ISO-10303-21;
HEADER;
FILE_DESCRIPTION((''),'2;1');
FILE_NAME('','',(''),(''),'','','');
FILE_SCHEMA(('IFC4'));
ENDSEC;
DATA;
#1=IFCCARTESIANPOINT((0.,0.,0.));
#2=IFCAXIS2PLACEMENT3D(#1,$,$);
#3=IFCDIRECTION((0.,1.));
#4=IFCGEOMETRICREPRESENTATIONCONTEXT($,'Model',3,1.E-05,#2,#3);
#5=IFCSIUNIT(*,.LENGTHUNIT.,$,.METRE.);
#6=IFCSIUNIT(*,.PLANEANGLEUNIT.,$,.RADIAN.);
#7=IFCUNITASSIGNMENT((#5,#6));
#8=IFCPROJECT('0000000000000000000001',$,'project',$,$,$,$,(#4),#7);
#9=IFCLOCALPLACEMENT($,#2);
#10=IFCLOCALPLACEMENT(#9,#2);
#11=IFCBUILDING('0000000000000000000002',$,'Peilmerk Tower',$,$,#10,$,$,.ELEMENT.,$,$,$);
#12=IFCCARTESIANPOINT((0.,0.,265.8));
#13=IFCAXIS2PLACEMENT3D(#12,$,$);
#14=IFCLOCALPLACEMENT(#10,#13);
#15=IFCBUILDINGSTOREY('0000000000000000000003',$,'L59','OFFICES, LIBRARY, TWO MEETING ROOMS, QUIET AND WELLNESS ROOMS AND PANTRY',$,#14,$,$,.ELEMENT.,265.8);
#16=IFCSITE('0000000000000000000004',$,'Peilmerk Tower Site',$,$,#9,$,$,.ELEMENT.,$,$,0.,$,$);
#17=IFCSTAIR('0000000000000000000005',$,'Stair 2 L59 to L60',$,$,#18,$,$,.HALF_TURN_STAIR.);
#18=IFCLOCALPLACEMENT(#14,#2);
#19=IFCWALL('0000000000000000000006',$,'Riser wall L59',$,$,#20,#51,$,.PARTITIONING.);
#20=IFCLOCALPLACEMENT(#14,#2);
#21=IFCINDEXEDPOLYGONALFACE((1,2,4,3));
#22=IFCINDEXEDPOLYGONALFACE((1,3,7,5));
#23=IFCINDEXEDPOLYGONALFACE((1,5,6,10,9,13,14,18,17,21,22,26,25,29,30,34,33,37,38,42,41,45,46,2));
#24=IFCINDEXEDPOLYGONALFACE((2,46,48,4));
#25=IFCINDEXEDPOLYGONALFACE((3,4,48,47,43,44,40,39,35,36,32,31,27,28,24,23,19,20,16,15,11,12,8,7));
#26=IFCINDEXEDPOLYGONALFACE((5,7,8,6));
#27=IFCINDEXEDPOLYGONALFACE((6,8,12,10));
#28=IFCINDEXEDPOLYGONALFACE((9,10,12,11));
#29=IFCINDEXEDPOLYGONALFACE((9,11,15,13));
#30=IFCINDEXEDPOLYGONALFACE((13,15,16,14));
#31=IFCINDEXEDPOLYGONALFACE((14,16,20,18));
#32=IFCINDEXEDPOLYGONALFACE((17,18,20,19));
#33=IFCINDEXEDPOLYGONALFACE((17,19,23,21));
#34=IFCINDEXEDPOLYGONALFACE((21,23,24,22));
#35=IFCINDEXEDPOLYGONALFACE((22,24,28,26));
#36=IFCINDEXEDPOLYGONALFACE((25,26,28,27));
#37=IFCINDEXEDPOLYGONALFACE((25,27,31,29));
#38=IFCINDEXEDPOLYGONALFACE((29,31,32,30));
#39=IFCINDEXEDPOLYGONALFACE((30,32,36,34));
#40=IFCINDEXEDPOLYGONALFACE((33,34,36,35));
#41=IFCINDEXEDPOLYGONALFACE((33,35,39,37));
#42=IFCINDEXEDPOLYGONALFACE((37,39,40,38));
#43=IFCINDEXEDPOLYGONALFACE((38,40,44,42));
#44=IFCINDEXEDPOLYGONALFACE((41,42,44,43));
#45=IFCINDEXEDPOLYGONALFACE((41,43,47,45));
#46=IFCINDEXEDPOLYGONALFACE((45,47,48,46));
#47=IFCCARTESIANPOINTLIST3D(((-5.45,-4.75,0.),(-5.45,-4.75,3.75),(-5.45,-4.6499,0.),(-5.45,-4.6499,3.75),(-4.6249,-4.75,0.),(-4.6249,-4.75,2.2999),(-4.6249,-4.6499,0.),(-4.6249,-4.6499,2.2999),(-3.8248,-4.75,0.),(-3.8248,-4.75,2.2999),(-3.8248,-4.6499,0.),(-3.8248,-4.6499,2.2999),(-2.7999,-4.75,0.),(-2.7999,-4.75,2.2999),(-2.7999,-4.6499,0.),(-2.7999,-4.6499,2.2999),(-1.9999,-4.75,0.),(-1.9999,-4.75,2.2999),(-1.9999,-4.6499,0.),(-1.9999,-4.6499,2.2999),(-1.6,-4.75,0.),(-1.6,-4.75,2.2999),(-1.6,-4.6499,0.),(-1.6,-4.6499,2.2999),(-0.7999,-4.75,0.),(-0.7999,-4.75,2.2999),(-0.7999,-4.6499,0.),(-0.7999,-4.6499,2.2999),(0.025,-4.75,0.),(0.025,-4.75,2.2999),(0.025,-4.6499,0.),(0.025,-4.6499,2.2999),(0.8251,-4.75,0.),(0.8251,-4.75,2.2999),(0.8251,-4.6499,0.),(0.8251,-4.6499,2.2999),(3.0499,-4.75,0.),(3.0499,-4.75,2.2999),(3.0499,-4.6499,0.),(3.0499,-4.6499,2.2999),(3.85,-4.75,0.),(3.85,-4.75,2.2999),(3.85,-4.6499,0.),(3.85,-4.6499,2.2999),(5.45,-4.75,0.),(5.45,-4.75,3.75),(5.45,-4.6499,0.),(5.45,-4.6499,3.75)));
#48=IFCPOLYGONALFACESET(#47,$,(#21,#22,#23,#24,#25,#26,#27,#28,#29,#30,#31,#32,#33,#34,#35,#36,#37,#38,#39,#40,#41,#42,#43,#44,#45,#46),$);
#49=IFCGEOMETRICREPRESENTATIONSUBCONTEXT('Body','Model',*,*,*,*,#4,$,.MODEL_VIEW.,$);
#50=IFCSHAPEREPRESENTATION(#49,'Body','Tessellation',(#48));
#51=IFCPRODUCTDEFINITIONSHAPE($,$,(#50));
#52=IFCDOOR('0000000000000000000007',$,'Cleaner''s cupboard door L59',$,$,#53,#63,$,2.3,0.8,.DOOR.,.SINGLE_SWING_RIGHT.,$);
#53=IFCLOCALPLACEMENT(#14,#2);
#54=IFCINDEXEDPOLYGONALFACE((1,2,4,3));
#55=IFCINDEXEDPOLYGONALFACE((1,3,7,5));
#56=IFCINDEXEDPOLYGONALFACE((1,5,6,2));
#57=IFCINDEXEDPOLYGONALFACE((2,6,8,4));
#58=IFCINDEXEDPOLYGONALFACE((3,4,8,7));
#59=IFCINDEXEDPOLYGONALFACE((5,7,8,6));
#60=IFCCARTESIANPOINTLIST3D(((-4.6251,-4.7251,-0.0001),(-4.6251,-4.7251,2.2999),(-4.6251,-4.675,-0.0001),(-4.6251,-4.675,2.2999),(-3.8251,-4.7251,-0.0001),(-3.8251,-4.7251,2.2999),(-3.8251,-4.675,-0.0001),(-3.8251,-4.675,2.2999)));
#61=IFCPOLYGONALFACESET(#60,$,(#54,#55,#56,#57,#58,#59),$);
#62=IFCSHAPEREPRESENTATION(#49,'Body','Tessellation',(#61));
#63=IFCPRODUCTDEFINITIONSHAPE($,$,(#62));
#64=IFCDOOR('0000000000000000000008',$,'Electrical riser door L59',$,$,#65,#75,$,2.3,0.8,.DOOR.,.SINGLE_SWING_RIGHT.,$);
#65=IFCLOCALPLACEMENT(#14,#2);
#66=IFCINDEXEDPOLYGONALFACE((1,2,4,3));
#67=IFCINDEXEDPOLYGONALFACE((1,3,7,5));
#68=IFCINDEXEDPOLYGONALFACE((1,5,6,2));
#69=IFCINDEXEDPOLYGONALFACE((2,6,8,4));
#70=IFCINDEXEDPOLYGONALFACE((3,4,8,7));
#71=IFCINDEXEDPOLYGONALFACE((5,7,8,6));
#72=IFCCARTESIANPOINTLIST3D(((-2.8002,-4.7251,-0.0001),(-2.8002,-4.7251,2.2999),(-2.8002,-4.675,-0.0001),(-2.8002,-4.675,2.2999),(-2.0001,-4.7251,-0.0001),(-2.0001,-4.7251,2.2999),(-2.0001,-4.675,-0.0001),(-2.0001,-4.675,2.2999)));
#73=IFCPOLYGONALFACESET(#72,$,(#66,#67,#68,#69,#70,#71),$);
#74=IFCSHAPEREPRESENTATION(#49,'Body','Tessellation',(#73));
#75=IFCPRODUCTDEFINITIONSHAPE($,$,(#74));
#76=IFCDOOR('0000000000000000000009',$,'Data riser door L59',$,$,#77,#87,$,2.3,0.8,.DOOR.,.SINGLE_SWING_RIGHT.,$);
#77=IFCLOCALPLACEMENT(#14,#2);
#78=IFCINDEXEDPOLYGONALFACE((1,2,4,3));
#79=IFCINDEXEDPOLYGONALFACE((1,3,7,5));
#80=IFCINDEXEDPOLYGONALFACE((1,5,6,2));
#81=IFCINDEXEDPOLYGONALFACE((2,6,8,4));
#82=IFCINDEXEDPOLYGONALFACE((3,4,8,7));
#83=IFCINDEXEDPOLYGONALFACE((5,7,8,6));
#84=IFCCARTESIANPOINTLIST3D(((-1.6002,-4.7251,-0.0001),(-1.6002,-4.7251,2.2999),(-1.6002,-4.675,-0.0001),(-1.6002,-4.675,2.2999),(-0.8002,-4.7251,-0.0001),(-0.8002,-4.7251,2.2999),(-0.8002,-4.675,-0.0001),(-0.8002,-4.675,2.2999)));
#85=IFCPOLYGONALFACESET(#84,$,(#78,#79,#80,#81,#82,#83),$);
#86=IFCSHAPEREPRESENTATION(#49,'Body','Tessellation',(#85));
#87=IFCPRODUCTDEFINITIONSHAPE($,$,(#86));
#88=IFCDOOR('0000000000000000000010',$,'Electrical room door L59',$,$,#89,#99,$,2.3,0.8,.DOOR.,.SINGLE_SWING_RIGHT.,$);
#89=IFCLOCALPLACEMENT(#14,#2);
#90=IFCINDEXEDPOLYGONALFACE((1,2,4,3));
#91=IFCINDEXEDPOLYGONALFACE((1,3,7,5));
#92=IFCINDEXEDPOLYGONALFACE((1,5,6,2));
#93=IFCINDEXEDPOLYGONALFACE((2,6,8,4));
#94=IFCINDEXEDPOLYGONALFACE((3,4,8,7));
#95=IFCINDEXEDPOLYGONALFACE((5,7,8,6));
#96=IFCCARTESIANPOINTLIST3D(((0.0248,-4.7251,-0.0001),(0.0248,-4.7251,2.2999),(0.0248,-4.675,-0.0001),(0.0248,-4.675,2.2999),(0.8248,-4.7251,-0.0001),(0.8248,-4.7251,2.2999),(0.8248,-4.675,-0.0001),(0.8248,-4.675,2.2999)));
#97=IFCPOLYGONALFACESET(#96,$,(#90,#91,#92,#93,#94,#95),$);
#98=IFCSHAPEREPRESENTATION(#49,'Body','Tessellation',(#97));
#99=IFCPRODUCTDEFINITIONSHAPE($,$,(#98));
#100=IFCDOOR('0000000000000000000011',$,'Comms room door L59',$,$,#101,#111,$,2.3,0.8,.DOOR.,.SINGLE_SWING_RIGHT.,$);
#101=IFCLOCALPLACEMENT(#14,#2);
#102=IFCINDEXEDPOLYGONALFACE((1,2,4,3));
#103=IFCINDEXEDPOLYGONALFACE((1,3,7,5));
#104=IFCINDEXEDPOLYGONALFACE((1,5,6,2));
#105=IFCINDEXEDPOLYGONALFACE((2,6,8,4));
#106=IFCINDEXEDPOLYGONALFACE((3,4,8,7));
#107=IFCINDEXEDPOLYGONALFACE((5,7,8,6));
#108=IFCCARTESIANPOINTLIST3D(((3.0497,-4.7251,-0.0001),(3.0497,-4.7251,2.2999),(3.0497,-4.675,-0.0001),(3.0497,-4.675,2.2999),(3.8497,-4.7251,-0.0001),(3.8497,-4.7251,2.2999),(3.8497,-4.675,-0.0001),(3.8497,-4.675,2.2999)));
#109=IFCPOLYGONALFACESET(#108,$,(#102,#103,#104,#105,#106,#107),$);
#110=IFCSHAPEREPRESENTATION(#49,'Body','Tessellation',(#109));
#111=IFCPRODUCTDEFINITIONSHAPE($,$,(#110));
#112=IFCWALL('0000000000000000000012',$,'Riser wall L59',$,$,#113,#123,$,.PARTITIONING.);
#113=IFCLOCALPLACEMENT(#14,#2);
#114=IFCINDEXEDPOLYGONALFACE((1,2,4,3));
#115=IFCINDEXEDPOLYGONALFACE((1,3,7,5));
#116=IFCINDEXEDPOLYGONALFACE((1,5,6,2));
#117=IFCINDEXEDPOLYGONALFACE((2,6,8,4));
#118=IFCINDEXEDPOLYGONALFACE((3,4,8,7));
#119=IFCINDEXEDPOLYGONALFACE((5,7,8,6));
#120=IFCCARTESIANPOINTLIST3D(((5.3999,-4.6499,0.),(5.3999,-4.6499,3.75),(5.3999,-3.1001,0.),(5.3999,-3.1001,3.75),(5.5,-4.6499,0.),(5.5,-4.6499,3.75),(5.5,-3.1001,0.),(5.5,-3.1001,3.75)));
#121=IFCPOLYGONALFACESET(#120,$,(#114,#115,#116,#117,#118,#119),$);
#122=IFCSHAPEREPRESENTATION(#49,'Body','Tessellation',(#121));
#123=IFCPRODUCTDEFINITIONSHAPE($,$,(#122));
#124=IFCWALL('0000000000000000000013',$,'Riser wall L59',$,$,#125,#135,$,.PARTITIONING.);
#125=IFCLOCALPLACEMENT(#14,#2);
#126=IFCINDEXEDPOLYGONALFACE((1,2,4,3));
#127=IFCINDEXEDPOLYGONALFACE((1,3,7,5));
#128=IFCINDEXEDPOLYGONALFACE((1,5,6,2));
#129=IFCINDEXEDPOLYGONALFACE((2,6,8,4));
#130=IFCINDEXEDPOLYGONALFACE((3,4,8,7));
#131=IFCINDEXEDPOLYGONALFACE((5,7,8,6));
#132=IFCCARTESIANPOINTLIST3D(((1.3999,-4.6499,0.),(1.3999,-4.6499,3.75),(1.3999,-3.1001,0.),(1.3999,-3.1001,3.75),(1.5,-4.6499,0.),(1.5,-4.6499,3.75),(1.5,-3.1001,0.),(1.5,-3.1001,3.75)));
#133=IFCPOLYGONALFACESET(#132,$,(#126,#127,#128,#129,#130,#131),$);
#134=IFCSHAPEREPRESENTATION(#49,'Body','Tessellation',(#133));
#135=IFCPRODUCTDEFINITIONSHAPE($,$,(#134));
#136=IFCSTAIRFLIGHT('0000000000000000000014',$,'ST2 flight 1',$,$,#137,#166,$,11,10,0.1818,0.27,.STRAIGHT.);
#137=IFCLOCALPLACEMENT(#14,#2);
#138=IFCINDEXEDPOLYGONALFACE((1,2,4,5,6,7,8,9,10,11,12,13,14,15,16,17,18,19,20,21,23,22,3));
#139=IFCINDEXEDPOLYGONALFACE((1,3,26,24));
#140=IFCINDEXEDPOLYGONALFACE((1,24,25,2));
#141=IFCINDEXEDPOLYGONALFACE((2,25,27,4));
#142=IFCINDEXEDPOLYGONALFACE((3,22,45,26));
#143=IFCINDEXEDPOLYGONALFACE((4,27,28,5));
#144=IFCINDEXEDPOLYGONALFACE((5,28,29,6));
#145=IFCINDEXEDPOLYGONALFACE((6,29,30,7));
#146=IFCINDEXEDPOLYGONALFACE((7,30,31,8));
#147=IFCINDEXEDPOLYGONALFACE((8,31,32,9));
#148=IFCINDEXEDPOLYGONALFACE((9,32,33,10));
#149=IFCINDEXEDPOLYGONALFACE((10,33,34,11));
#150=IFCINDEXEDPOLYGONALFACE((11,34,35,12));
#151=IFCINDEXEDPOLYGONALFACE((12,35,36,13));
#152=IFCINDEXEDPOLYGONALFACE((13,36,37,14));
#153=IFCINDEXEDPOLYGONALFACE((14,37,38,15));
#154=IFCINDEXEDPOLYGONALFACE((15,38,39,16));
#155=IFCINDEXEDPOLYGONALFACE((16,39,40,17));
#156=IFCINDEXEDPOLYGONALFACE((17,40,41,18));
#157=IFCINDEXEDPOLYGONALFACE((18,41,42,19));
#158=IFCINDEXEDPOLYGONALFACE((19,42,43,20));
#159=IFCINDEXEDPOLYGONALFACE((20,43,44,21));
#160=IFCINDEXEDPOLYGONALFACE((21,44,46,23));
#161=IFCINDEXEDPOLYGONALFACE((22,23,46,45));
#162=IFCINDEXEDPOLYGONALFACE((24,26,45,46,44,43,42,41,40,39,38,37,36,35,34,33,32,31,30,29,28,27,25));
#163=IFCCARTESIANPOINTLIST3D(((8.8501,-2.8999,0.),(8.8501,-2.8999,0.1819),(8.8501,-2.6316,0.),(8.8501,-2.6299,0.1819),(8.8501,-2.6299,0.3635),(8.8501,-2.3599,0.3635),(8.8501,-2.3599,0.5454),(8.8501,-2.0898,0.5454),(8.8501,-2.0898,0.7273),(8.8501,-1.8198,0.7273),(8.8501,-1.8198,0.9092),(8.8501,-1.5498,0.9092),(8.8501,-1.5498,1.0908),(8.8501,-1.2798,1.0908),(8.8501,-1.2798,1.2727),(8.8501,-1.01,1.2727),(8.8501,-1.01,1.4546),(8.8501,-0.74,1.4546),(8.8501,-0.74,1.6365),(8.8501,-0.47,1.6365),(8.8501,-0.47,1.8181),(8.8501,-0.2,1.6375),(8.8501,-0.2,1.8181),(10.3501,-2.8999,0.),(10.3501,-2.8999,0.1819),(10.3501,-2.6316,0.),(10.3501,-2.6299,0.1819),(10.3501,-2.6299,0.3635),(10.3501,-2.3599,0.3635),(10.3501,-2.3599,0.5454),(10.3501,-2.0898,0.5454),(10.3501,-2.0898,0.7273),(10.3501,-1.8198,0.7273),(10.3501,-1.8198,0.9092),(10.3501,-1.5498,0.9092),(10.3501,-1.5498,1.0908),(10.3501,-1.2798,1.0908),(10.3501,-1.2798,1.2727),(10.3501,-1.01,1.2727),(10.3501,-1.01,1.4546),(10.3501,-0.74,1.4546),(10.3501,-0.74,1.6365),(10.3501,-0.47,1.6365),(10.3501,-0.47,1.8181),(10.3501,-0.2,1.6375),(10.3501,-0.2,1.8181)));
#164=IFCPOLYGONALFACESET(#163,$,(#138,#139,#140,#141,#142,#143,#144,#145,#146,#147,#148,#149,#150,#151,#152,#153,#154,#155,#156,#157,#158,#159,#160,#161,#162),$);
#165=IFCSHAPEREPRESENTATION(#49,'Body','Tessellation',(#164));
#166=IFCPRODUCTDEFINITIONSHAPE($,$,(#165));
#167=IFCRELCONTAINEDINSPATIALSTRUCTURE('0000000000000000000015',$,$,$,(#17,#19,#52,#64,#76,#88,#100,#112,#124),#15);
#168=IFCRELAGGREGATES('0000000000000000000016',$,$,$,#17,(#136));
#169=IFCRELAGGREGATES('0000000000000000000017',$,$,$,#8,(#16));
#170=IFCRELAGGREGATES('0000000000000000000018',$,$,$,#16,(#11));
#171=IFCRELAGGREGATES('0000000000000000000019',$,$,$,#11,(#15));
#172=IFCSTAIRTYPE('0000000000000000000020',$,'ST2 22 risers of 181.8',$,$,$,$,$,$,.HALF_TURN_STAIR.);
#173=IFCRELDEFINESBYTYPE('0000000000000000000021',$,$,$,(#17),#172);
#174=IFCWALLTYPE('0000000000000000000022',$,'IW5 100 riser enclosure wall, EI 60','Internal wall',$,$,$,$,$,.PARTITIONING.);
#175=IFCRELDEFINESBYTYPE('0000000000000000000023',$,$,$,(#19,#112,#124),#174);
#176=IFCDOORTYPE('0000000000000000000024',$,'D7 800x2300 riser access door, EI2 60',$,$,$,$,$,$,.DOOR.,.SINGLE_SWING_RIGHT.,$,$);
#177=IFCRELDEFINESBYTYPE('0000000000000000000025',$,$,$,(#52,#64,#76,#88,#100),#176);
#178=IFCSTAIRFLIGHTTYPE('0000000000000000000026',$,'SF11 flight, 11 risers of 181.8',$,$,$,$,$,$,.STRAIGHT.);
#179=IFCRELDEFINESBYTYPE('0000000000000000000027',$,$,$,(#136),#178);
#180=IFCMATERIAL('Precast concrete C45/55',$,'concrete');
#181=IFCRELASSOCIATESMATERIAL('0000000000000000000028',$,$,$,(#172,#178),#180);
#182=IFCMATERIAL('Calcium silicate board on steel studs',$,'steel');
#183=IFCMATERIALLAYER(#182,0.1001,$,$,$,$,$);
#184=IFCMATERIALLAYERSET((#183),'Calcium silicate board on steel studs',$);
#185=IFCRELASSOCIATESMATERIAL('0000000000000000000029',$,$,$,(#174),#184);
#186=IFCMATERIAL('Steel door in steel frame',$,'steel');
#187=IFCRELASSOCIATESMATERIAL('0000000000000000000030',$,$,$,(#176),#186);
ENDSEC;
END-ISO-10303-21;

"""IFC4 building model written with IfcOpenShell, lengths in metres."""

from ifc_helpers import new_model, si_unit, direction, frame, frame_2d, origin, place, context, subcontext, project, spatial, polyline, rectangle, outline, extrude, material, layer, layer_set, type_object, element, fill, aggregate, save


model = new_model("IFC4")

# Units and contexts
model_context = context("Model", 3, precision=1e-05, world=origin(), true_north=direction((0.0, 1.0)))
body_context = subcontext(model_context, "Body", "Model", "MODEL_VIEW")
ifc_project = project(units=[si_unit("LENGTHUNIT", "METRE"), si_unit("PLANEANGLEUNIT", "RADIAN")], contexts=[model_context])

# Site, building, storey
site_placement = place(None, origin())
site = spatial("IfcSite", under=ifc_project, at=site_placement, Name="Peilmerk Tower Site", CompositionType="ELEMENT", RefElevation=0.0)
building_placement = place(site_placement, origin())
building = spatial("IfcBuilding", under=site, at=building_placement, Name="Peilmerk Tower", CompositionType="ELEMENT")
storey_placement = place(building_placement, frame((0.0, 0.0, 265.8)))
storey = spatial("IfcBuildingStorey", under=building, at=storey_placement, Name="L59", Description="OFFICES, LIBRARY, TWO MEETING ROOMS, QUIET AND WELLNESS ROOMS AND PANTRY", CompositionType="ELEMENT", Elevation=265.8)

# Stair
ifc_material_1 = material(Name="Precast concrete C45/55", Category="concrete")
stair_type_1 = type_object("IfcStairType", Name="ST2 22 risers of 181.8", PredefinedType="HALF_TURN_STAIR", material=ifc_material_1)
stair_1_placement = place(storey_placement, origin())
stair_1 = element("IfcStair", 1, at=stair_1_placement, inside=storey, type_object=stair_type_1, Name="Stair 2 L59 to L60", PredefinedType="HALF_TURN_STAIR")

# Shared definitions
ifc_material_2 = material(Name="Steel door in steel frame", Category="steel")

# Shared definitions
ifc_material_3 = material(Name="Calcium silicate board on steel studs", Category="steel")
ifc_layer_1 = layer(ifc_material_3, 0.1001)
ifc_layer_set_1 = layer_set([ifc_layer_1], Name="Calcium silicate board on steel studs")
wall_type_1 = type_object("IfcWallType", Name="IW5 100 riser enclosure wall, EI 60", Description="Internal wall", PredefinedType="PARTITIONING", material=ifc_layer_set_1)

# Wall, openings, doors
wall_1_placement = place(storey_placement, frame((5.45, -4.7, 0.0), z_axis=(0.0, 0.0, 1.0), x_axis=(-1.0, 0.0, 0.0)))
wall_1 = element("IfcWall", 2, at=wall_1_placement, inside=storey, type_object=wall_type_1, Name="Riser wall L59", PredefinedType="PARTITIONING", context=body_context, shape_type="SweptSolid", body=[
    extrude(rectangle(XDim=10.8999, YDim=0.1001, at=frame_2d((5.45, 0.0))), origin(), (0.0, 0.0, 1.0), 3.75),
])
opening_1_placement = place(wall_1_placement, frame((9.2749, 0.0, 0.0)))
opening_1 = element("IfcOpeningElement", 3, at=opening_1_placement, cuts=wall_1, PredefinedType="OPENING", context=body_context, shape_type="SweptSolid", body=[
    extrude(rectangle(XDim=0.8, YDim=2.3, at=frame_2d((0.3999, 1.1499))), frame((0.0, 0.0601, 0.0), z_axis=(0.0, -1.0, 0.0), x_axis=(1.0, 0.0, 0.0)), (0.0, 0.0, 1.0), 0.1201),
])
opening_2_placement = place(wall_1_placement, frame((7.45, 0.0, 0.0)))
opening_2 = element("IfcOpeningElement", 4, at=opening_2_placement, cuts=wall_1, PredefinedType="OPENING", context=body_context, shape_type="SweptSolid", body=[
    extrude(rectangle(XDim=0.8, YDim=2.3, at=frame_2d((0.3999, 1.1499))), frame((0.0, 0.0601, 0.0), z_axis=(0.0, -1.0, 0.0), x_axis=(1.0, 0.0, 0.0)), (0.0, 0.0, 1.0), 0.1201),
])
opening_3_placement = place(wall_1_placement, frame((6.25, 0.0, 0.0)))
opening_3 = element("IfcOpeningElement", 5, at=opening_3_placement, cuts=wall_1, PredefinedType="OPENING", context=body_context, shape_type="SweptSolid", body=[
    extrude(rectangle(XDim=0.8, YDim=2.3, at=frame_2d((0.3999, 1.1499))), frame((0.0, 0.0601, 0.0), z_axis=(0.0, -1.0, 0.0), x_axis=(1.0, 0.0, 0.0)), (0.0, 0.0, 1.0), 0.1201),
])
opening_4_placement = place(wall_1_placement, frame((4.625, 0.0, 0.0)))
opening_4 = element("IfcOpeningElement", 6, at=opening_4_placement, cuts=wall_1, PredefinedType="OPENING", context=body_context, shape_type="SweptSolid", body=[
    extrude(rectangle(XDim=0.8, YDim=2.3, at=frame_2d((0.3999, 1.1499))), frame((0.0, 0.0601, 0.0), z_axis=(0.0, -1.0, 0.0), x_axis=(1.0, 0.0, 0.0)), (0.0, 0.0, 1.0), 0.1201),
])
opening_5_placement = place(wall_1_placement, frame((1.6001, 0.0, 0.0)))
opening_5 = element("IfcOpeningElement", 7, at=opening_5_placement, cuts=wall_1, PredefinedType="OPENING", context=body_context, shape_type="SweptSolid", body=[
    extrude(rectangle(XDim=0.8, YDim=2.3, at=frame_2d((0.3999, 1.1499))), frame((0.0, 0.0601, 0.0), z_axis=(0.0, -1.0, 0.0), x_axis=(1.0, 0.0, 0.0)), (0.0, 0.0, 1.0), 0.1201),
])
door_type_1 = type_object("IfcDoorType", Name="D7 800x2300 riser access door, EI2 60", OperationType="SINGLE_SWING_RIGHT", PredefinedType="DOOR", material=ifc_material_2)
door_1_placement = place(opening_1_placement, frame((0.8, 0.0, 0.0), z_axis=(0.0, 0.0, 1.0), x_axis=(-1.0, 0.0, 0.0)))
door_1 = element("IfcDoor", 8, at=door_1_placement, inside=storey, type_object=door_type_1, Name="Cleaner's cupboard door L59", OperationType="SINGLE_SWING_RIGHT", OverallHeight=2.3, OverallWidth=0.8, PredefinedType="DOOR", context=body_context, shape_type="SweptSolid", body=[
    extrude(rectangle(XDim=0.8, YDim=2.3, at=frame_2d((0.3999, 1.1499))), frame((0.0, 0.0249, 0.0), z_axis=(0.0, -1.0, 0.0), x_axis=(1.0, 0.0, 0.0)), (0.0, 0.0, 1.0), 0.05),
])
fill(opening_1, door_1)
door_2_placement = place(opening_2_placement, frame((0.8, 0.0, 0.0), z_axis=(0.0, 0.0, 1.0), x_axis=(-1.0, 0.0, 0.0)))
door_2 = element("IfcDoor", 9, at=door_2_placement, inside=storey, type_object=door_type_1, Name="Electrical riser door L59", OperationType="SINGLE_SWING_RIGHT", OverallHeight=2.3, OverallWidth=0.8, PredefinedType="DOOR", context=body_context, shape_type="SweptSolid", body=[
    extrude(rectangle(XDim=0.8, YDim=2.3, at=frame_2d((0.3999, 1.1499))), frame((0.0, 0.0249, 0.0), z_axis=(0.0, -1.0, 0.0), x_axis=(1.0, 0.0, 0.0)), (0.0, 0.0, 1.0), 0.05),
])
fill(opening_2, door_2)
door_3_placement = place(opening_3_placement, frame((0.8, 0.0, 0.0), z_axis=(0.0, 0.0, 1.0), x_axis=(-1.0, 0.0, 0.0)))
door_3 = element("IfcDoor", 10, at=door_3_placement, inside=storey, type_object=door_type_1, Name="Data riser door L59", OperationType="SINGLE_SWING_RIGHT", OverallHeight=2.3, OverallWidth=0.8, PredefinedType="DOOR", context=body_context, shape_type="SweptSolid", body=[
    extrude(rectangle(XDim=0.8, YDim=2.3, at=frame_2d((0.3999, 1.1499))), frame((0.0, 0.0249, 0.0), z_axis=(0.0, -1.0, 0.0), x_axis=(1.0, 0.0, 0.0)), (0.0, 0.0, 1.0), 0.05),
])
fill(opening_3, door_3)
door_4_placement = place(opening_4_placement, frame((0.8, 0.0, 0.0), z_axis=(0.0, 0.0, 1.0), x_axis=(-1.0, 0.0, 0.0)))
door_4 = element("IfcDoor", 11, at=door_4_placement, inside=storey, type_object=door_type_1, Name="Electrical room door L59", OperationType="SINGLE_SWING_RIGHT", OverallHeight=2.3, OverallWidth=0.8, PredefinedType="DOOR", context=body_context, shape_type="SweptSolid", body=[
    extrude(rectangle(XDim=0.8, YDim=2.3, at=frame_2d((0.3999, 1.1499))), frame((0.0, 0.0249, 0.0), z_axis=(0.0, -1.0, 0.0), x_axis=(1.0, 0.0, 0.0)), (0.0, 0.0, 1.0), 0.05),
])
fill(opening_4, door_4)
door_5_placement = place(opening_5_placement, frame((0.8, 0.0, 0.0), z_axis=(0.0, 0.0, 1.0), x_axis=(-1.0, 0.0, 0.0)))
door_5 = element("IfcDoor", 12, at=door_5_placement, inside=storey, type_object=door_type_1, Name="Comms room door L59", OperationType="SINGLE_SWING_RIGHT", OverallHeight=2.3, OverallWidth=0.8, PredefinedType="DOOR", context=body_context, shape_type="SweptSolid", body=[
    extrude(rectangle(XDim=0.8, YDim=2.3, at=frame_2d((0.3999, 1.1499))), frame((0.0, 0.0249, 0.0), z_axis=(0.0, -1.0, 0.0), x_axis=(1.0, 0.0, 0.0)), (0.0, 0.0, 1.0), 0.05),
])
fill(opening_5, door_5)

# Walls
for number, where, z_axis, x_axis, name in (
    (13, (5.45, -3.1001, 0.0), (0.0, 0.0, 1.0), (0.0, -1.0, 0.0), "Riser wall L59"),
    (14, (1.45, -3.1001, 0.0), (0.0, 0.0, 1.0), (0.0, -1.0, 0.0), "Riser wall L59"),
):
    element("IfcWall", number, at=place(storey_placement, frame(where, z_axis=z_axis, x_axis=x_axis)), inside=storey, type_object=wall_type_1, Name=name, PredefinedType="PARTITIONING", context=body_context, shape_type="SweptSolid", body=[
        extrude(rectangle(XDim=1.5498, YDim=0.1001, at=frame_2d((0.7749, 0.0))), origin(), (0.0, 0.0, 1.0), 3.75),
    ])

# Stair flight
stair_flight_type = type_object("IfcStairFlightType", Name="SF11 flight, 11 risers of 181.8", PredefinedType="STRAIGHT", material=ifc_material_1)
stair_flight_1_placement = place(storey_placement, frame((9.6001, -2.8999, 0.0), z_axis=(0.0, 0.0, 1.0), x_axis=(0.0, 1.0, 0.0)))
stair_flight_1 = element("IfcStairFlight", 15, at=stair_flight_1_placement, type_object=stair_flight_type, Name="ST2 flight 1", NumberOfRisers=11, NumberOfTreads=10, PredefinedType="STRAIGHT", RiserHeight=0.1818, TreadLength=0.27, context=body_context, shape_type="SweptSolid", body=[
    extrude(outline(polyline([(0.0, 0.0), (0.0, 0.1819), (0.27, 0.1819), (0.27, 0.3635), (0.54, 0.3635), (0.54, 0.5454), (0.8101, 0.5454), (0.8101, 0.7273), (1.0801, 0.7273), (1.0801, 0.9092), (1.3501, 0.9092), (1.3501, 1.0908), (1.6201, 1.0908), (1.6201, 1.2727), (1.8899, 1.2727), (1.8899, 1.4546), (2.1599, 1.4546), (2.1599, 1.6365), (2.4299, 1.6365), (2.4299, 1.8181), (2.7, 1.8181), (2.7, 2.0), (2.7, 1.6375), (0.2683, 0.0), (0.0, 0.0)])), frame((0.0, 0.75, 0.0), z_axis=(0.0, -1.0, 0.0), x_axis=(1.0, 0.0, 0.0)), (0.0, 0.0, 1.0), 1.5),
])
aggregate(stair_1, [stair_flight_1])

save(model, "model.ifc")
